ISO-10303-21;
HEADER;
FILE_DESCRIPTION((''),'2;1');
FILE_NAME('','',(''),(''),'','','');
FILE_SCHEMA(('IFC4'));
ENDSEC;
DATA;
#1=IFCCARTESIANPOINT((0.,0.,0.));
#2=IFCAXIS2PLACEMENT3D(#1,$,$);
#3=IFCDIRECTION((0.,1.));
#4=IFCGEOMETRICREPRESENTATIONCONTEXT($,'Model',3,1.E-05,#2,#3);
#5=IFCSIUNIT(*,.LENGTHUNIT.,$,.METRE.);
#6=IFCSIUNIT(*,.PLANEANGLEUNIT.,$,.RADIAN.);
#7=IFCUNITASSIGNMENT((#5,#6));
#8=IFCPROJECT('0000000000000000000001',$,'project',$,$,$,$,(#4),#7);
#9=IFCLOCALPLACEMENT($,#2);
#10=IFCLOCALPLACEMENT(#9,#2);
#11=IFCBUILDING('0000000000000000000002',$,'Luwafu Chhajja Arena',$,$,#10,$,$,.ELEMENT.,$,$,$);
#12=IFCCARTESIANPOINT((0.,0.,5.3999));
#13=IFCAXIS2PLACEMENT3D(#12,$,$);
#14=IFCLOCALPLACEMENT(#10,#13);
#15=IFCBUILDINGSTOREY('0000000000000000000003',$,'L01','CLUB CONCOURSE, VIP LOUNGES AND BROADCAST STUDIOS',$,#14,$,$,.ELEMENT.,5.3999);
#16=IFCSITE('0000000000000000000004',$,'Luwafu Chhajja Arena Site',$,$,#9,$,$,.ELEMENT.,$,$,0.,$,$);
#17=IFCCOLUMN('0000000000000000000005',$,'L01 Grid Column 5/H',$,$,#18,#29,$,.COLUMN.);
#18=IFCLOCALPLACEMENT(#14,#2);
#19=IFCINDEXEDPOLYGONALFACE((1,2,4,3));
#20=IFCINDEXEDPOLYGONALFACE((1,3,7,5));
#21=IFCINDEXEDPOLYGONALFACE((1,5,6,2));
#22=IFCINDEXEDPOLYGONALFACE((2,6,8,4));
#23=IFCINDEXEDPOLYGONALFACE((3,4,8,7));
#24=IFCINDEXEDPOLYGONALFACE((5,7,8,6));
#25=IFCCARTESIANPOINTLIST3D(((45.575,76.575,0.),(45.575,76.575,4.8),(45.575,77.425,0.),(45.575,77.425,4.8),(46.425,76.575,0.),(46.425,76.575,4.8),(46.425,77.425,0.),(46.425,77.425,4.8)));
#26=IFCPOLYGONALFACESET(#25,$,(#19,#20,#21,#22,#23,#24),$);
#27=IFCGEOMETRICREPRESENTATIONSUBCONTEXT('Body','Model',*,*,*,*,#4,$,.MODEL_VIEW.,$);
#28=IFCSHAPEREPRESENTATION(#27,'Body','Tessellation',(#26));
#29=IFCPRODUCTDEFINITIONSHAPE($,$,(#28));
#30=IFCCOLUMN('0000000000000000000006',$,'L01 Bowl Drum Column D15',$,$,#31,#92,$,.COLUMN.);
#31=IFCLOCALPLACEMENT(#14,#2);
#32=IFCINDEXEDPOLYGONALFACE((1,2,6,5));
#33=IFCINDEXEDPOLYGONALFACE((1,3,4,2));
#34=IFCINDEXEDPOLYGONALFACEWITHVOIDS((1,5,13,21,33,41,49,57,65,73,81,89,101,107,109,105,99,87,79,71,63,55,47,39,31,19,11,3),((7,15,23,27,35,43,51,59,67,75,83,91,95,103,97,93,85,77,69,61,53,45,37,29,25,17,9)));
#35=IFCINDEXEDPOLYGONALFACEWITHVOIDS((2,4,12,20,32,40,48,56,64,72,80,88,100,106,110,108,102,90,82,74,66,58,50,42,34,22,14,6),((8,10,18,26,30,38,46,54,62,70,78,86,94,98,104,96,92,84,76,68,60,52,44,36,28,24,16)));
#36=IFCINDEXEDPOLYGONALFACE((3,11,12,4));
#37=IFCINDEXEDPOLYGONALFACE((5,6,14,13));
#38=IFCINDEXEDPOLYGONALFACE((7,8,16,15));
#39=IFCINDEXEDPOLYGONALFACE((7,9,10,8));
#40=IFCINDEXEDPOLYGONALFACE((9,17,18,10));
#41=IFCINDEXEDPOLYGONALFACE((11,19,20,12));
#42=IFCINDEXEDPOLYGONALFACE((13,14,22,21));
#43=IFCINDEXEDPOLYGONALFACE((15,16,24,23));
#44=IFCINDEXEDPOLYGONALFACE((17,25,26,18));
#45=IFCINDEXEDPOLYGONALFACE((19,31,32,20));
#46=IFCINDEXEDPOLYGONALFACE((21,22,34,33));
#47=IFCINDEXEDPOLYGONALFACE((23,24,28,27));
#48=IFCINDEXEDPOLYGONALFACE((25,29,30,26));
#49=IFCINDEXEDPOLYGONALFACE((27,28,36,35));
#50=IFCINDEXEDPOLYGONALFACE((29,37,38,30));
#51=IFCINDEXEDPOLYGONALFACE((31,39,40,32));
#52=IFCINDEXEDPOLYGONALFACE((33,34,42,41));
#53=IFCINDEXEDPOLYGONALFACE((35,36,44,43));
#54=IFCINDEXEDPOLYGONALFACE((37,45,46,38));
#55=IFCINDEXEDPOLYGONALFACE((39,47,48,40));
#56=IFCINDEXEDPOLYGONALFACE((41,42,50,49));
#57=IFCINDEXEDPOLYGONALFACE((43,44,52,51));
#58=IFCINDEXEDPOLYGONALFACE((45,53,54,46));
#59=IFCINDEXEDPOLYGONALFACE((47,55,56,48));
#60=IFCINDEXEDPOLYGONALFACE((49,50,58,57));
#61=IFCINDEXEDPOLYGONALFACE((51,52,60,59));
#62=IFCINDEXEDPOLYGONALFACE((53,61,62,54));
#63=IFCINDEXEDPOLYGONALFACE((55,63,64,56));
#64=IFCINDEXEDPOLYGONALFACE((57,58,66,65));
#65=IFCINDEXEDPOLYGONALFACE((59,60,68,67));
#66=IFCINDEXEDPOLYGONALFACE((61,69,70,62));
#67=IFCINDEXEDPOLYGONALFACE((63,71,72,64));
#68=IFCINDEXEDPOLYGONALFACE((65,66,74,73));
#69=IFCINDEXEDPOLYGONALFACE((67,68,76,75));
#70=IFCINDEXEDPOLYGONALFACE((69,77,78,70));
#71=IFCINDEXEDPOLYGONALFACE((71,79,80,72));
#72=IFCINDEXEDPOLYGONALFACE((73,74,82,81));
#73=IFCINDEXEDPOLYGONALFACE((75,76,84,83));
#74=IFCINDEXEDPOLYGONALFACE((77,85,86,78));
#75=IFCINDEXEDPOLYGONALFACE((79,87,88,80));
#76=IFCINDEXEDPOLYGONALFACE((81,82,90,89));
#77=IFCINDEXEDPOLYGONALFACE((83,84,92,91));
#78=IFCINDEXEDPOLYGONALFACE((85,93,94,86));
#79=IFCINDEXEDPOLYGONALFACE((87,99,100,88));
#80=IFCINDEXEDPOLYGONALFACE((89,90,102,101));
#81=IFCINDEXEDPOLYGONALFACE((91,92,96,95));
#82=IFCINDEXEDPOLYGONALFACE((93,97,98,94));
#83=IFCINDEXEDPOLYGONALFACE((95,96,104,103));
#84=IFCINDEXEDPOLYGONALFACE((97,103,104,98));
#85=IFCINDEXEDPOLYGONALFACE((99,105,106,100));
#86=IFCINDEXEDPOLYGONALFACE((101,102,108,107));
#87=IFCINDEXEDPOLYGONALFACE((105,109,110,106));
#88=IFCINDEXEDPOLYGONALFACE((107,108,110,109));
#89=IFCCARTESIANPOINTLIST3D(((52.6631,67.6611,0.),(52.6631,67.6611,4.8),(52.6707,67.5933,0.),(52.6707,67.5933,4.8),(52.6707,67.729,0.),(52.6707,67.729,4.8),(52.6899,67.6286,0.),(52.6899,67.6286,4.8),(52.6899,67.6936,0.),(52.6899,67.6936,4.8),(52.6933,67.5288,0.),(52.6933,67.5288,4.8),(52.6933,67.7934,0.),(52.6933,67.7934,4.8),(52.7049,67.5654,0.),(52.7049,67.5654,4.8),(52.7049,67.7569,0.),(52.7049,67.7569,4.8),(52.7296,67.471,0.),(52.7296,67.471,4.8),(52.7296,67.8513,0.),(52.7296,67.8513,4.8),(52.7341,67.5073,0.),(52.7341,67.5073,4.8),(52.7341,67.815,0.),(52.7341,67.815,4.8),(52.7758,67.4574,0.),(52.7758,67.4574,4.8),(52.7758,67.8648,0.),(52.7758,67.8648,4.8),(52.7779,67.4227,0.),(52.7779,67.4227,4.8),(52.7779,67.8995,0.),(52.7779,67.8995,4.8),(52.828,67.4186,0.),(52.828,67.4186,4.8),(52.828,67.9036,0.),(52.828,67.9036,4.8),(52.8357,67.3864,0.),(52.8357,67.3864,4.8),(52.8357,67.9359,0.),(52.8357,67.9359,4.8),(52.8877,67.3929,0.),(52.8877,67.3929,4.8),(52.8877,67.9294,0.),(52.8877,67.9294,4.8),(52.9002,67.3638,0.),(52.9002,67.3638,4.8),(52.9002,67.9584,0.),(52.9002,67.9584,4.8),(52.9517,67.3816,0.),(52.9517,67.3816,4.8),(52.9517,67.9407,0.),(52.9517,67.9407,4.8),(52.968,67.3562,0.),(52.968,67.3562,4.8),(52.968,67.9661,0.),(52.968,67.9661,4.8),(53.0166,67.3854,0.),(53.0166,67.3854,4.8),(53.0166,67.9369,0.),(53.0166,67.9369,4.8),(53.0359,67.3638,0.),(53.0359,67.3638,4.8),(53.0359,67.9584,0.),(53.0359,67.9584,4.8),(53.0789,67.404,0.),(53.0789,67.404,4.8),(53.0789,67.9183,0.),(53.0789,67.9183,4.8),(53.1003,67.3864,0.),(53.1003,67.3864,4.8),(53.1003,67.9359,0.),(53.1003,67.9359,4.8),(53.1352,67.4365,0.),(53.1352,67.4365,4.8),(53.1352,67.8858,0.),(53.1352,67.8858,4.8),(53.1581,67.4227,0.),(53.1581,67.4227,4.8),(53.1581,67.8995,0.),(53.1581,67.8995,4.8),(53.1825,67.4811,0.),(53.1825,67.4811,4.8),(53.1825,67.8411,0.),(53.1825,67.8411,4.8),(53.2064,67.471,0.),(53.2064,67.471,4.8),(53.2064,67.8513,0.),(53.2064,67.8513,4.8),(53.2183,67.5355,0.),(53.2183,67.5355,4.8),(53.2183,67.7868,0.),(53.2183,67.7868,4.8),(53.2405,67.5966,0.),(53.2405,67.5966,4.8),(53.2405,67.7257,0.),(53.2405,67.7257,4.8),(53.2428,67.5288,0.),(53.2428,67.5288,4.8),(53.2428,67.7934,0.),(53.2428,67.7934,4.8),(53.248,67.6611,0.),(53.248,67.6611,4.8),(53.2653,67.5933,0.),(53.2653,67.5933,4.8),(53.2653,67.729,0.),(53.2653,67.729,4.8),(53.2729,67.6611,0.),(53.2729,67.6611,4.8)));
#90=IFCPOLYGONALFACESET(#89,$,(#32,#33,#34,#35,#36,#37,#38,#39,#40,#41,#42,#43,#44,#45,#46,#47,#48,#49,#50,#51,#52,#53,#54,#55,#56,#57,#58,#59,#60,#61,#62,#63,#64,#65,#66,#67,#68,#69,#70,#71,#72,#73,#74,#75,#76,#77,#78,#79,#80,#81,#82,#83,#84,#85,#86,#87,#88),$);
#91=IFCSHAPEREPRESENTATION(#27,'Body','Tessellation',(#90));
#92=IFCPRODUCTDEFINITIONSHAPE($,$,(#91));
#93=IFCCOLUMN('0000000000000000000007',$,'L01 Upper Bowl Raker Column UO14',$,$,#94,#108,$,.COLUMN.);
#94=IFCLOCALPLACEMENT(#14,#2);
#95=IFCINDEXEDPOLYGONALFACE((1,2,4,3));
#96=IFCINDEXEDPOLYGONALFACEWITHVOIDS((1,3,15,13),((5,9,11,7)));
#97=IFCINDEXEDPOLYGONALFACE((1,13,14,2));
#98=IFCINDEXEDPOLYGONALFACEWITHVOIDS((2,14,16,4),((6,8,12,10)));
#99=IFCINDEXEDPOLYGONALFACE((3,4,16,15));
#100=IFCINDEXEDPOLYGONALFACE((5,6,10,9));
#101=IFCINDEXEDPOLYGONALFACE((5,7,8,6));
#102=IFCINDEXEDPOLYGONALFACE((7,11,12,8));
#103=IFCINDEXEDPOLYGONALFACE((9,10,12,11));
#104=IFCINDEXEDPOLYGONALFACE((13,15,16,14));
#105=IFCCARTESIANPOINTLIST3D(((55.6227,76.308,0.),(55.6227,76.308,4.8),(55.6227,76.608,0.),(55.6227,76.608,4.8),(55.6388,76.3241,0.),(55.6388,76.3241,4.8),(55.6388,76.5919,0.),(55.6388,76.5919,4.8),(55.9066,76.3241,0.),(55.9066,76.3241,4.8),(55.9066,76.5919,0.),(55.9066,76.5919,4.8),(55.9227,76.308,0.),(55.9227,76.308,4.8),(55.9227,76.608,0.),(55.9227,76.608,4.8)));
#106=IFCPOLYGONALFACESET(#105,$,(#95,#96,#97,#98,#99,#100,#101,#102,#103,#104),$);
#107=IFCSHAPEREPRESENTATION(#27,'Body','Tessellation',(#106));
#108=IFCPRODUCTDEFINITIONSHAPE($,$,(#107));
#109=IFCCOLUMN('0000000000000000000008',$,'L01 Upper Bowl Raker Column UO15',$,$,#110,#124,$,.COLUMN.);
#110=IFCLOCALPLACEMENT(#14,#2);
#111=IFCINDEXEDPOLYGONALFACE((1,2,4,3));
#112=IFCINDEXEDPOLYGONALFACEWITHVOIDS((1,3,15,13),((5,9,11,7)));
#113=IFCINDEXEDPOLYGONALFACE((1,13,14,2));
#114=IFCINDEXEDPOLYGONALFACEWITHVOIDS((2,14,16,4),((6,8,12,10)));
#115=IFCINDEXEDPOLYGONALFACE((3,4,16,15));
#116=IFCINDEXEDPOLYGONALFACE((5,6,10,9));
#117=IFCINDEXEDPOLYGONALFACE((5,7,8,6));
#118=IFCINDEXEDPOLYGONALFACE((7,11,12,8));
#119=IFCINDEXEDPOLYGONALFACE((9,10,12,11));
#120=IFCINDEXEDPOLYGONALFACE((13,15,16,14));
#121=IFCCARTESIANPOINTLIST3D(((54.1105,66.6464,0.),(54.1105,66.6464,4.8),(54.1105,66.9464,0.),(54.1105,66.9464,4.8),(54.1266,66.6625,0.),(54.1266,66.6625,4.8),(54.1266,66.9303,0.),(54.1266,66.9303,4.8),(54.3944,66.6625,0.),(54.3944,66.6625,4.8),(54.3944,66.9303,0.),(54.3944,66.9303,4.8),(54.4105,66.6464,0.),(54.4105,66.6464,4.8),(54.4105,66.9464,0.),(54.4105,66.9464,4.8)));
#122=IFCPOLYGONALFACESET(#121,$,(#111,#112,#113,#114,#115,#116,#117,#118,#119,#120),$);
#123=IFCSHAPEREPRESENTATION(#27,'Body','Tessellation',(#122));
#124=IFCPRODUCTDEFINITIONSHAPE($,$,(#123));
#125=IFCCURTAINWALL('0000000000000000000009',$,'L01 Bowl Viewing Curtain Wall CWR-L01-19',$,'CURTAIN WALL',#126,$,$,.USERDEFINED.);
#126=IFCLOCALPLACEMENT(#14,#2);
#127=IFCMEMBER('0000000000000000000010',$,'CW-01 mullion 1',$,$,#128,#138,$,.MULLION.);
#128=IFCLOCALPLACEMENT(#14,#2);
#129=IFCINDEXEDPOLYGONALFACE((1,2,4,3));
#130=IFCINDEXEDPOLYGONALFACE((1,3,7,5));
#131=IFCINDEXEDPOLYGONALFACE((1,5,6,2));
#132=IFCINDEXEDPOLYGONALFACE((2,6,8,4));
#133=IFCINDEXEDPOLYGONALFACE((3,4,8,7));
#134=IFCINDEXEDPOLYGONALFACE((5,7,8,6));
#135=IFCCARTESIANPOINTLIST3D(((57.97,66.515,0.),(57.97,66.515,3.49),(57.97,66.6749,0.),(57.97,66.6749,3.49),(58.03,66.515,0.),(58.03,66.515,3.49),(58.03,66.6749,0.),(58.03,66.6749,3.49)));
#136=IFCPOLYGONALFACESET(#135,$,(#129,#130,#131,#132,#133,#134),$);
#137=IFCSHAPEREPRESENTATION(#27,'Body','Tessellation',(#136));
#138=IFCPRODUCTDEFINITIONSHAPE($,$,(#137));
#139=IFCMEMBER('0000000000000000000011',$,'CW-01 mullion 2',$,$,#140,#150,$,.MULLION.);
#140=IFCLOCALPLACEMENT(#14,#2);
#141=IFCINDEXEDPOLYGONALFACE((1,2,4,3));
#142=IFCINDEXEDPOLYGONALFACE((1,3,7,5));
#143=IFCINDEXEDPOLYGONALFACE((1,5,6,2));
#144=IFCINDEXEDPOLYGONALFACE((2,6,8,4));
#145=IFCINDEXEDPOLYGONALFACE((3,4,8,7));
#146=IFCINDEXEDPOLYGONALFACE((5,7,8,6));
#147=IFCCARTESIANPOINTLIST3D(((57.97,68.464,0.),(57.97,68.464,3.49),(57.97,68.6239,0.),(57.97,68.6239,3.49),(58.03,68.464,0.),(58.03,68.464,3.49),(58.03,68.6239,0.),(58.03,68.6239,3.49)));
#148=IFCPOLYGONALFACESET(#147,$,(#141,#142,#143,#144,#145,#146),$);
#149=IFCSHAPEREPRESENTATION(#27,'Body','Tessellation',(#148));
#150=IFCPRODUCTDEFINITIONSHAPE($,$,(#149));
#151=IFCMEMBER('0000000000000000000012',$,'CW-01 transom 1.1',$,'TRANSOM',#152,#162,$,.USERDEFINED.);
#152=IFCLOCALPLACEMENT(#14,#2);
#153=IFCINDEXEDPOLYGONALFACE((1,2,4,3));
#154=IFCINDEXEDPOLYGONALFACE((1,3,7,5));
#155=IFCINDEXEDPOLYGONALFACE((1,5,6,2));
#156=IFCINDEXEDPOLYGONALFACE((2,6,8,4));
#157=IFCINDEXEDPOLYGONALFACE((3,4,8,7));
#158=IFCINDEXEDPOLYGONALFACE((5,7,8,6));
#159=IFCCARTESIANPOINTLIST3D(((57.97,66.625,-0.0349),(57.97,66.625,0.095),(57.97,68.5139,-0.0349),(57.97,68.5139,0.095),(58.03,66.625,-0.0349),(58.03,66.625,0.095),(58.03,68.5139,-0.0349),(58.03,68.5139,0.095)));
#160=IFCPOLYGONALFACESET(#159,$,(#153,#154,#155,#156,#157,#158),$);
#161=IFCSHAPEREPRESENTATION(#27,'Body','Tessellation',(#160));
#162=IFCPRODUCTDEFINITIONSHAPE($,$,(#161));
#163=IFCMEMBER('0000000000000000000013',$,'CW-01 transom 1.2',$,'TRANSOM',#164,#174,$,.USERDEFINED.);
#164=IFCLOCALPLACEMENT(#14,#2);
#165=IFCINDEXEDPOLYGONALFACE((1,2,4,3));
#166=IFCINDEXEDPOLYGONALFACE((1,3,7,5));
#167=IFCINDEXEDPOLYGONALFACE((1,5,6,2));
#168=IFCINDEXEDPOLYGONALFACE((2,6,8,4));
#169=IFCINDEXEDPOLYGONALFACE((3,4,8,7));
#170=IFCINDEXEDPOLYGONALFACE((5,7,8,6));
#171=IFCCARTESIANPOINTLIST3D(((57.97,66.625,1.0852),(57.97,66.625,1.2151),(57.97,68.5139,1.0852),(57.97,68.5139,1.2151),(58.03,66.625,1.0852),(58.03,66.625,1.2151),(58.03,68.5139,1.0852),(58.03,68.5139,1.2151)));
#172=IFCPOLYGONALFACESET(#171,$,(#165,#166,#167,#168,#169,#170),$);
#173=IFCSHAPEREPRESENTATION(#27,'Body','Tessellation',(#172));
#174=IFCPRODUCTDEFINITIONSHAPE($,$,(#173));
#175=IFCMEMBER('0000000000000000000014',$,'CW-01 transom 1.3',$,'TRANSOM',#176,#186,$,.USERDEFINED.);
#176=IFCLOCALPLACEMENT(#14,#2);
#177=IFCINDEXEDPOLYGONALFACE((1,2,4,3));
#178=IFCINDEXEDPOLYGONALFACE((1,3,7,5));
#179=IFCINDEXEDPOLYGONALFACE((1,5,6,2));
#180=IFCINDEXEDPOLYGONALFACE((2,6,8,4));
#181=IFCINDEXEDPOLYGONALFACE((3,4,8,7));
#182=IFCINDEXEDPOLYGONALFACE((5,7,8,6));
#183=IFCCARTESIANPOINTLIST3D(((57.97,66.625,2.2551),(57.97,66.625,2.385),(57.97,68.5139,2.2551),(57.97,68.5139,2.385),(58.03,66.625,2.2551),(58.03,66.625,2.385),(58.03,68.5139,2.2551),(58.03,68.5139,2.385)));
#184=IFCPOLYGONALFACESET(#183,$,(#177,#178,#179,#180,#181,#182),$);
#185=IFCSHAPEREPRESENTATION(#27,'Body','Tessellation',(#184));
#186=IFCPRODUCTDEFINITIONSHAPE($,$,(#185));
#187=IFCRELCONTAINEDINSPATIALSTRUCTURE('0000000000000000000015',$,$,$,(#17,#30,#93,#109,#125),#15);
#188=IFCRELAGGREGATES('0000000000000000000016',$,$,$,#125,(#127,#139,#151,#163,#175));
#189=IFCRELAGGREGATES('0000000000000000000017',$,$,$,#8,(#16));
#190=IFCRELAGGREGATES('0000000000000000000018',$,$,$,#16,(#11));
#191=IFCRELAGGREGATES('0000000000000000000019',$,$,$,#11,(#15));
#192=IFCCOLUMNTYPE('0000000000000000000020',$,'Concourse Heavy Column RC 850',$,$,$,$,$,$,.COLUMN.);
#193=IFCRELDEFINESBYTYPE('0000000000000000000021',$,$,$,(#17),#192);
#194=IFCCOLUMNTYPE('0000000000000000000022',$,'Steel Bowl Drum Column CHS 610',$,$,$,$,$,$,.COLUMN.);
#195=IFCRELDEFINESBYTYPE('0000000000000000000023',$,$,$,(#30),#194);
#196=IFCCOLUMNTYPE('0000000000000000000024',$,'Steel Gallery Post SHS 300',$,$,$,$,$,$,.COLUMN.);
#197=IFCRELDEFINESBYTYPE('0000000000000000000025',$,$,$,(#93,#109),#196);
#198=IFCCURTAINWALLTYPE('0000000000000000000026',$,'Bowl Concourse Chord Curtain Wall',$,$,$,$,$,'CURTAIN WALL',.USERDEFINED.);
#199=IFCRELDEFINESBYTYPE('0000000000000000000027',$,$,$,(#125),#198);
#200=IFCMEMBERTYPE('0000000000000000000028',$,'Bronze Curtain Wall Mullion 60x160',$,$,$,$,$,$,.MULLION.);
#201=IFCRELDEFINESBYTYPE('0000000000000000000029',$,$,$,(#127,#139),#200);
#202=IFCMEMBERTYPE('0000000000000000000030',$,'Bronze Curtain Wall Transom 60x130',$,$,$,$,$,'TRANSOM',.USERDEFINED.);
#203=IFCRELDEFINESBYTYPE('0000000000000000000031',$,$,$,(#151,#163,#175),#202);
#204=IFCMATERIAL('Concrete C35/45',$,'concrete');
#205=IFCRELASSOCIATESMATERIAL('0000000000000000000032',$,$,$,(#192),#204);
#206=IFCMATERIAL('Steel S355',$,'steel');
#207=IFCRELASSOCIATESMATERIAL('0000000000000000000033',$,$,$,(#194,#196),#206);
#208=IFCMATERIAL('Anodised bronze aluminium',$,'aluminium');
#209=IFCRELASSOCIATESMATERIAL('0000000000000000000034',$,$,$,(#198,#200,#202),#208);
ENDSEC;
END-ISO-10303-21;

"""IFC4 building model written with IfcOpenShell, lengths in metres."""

from ifc_helpers import new_model, si_unit, direction, frame, origin, origin_2d, place, context, subcontext, project, spatial, rectangle, hollow_rectangle, hollow_circle, extrude, material, material_profile, profile_set, type_object, element, aggregate, save


model = new_model("IFC4")

# Units and contexts
model_context = context("Model", 3, precision=1e-05, world=origin(), true_north=direction((0.0, 1.0)))
body_context = subcontext(model_context, "Body", "Model", "MODEL_VIEW")
ifc_project = project(units=[si_unit("LENGTHUNIT", "METRE"), si_unit("PLANEANGLEUNIT", "RADIAN")], contexts=[model_context])

# Site, building, storey
site_placement = place(None, origin())
site = spatial("IfcSite", under=ifc_project, at=site_placement, Name="Luwafu Chhajja Arena Site", CompositionType="ELEMENT", RefElevation=0.0)
building_placement = place(site_placement, origin())
building = spatial("IfcBuilding", under=site, at=building_placement, Name="Luwafu Chhajja Arena", CompositionType="ELEMENT")
storey_placement = place(building_placement, frame((0.0, 0.0, 5.3999)))
storey = spatial("IfcBuildingStorey", under=building, at=storey_placement, Name="L01", Description="CLUB CONCOURSE, VIP LOUNGES AND BROADCAST STUDIOS", CompositionType="ELEMENT", Elevation=5.3999)

# Columns
ifc_material_1 = material(Name="Concrete C35/45", Category="concrete")
ifc_material_profile_1 = material_profile(ifc_material_1, rectangle(XDim=0.8501, YDim=0.8501, at=origin_2d()), Name="RC 850x850")
ifc_profile_set_1 = profile_set([ifc_material_profile_1], Name="Concrete C35/45")
column_type_1 = type_object("IfcColumnType", Name="Concourse Heavy Column RC 850", PredefinedType="COLUMN", material=ifc_profile_set_1)
column_1_placement = place(storey_placement, frame((46.0, 77.0, 0.0), z_axis=(0.0, 0.0, 1.0), x_axis=(1.0, 0.0, 0.0)))
element("IfcColumn", 1, at=column_1_placement, inside=storey, type_object=column_type_1, Name="L01 Grid Column 5/H", PredefinedType="COLUMN", context=body_context, shape_type="SweptSolid", body=[
    extrude(rectangle(XDim=0.8501, YDim=0.8501, at=origin_2d()), origin(), (0.0, 0.0, 1.0), 4.8),
])
ifc_material_2 = material(Name="Steel S355", Category="steel")
ifc_material_profile_2 = material_profile(ifc_material_2, hollow_circle(Radius=0.3049, WallThickness=0.0249, at=origin_2d()), Name="CHS 610x25")
ifc_profile_set_2 = profile_set([ifc_material_profile_2], Name="Steel S355")
column_type_2 = type_object("IfcColumnType", Name="Steel Bowl Drum Column CHS 610", PredefinedType="COLUMN", material=ifc_profile_set_2)
column_2_placement = place(storey_placement, frame((52.968, 67.6611, 0.0), z_axis=(0.0, 0.0, 1.0), x_axis=(1.0, 0.0, 0.0)))
element("IfcColumn", 2, at=column_2_placement, inside=storey, type_object=column_type_2, Name="L01 Bowl Drum Column D15", PredefinedType="COLUMN", context=body_context, shape_type="SweptSolid", body=[
    extrude(hollow_circle(Radius=0.3049, WallThickness=0.0249, at=origin_2d()), origin(), (0.0, 0.0, 1.0), 4.8),
])
ifc_material_profile_3 = material_profile(ifc_material_2, hollow_rectangle(XDim=0.3, YDim=0.3, WallThickness=0.0161, at=origin_2d()), Name="SHS 300x300x16")
ifc_profile_set_3 = profile_set([ifc_material_profile_3], Name="Steel S355")
column_type_3 = type_object("IfcColumnType", Name="Steel Gallery Post SHS 300", PredefinedType="COLUMN", material=ifc_profile_set_3)
for number, where, z_axis, x_axis, name in (
    (3, (55.7727, 76.458, 0.0), (0.0, 0.0, 1.0), (1.0, 0.0, 0.0), "L01 Upper Bowl Raker Column UO14"),
    (4, (54.2605, 66.7964, 0.0), (0.0, 0.0, 1.0), (1.0, 0.0, 0.0), "L01 Upper Bowl Raker Column UO15"),
):
    element("IfcColumn", number, at=place(storey_placement, frame(where, z_axis=z_axis, x_axis=x_axis)), inside=storey, type_object=column_type_3, Name=name, PredefinedType="COLUMN", context=body_context, shape_type="SweptSolid", body=[
        extrude(hollow_rectangle(XDim=0.3, YDim=0.3, WallThickness=0.0161, at=origin_2d()), origin(), (0.0, 0.0, 1.0), 4.8),
    ])

# Curtain wall, members
ifc_material_3 = material(Name="Anodised bronze aluminium", Category="aluminium")
curtain_wall_type = type_object("IfcCurtainWallType", Name="Bowl Concourse Chord Curtain Wall", ElementType="CURTAIN WALL", PredefinedType="USERDEFINED", material=ifc_material_3)
curtain_wall_placement = place(storey_placement, origin())
curtain_wall = element("IfcCurtainWall", 5, at=curtain_wall_placement, inside=storey, type_object=curtain_wall_type, Name="L01 Bowl Viewing Curtain Wall CWR-L01-19", ObjectType="CURTAIN WALL", PredefinedType="USERDEFINED")
ifc_material_profile_4 = material_profile(ifc_material_3, rectangle(XDim=0.0601, YDim=0.1599, at=origin_2d()), Name="CWM 60x160")
ifc_profile_set_4 = profile_set([ifc_material_profile_4], Name="Anodised bronze aluminium")
member_type_1 = type_object("IfcMemberType", Name="Bronze Curtain Wall Mullion 60x160", PredefinedType="MULLION", material=ifc_profile_set_4)
member_1_placement = place(storey_placement, frame((58.0, 66.595, 0.0), z_axis=(0.0, 0.0, 1.0), x_axis=(-1.0, 0.0, 0.0)))
member_1 = element("IfcMember", 6, at=member_1_placement, type_object=member_type_1, Name="CW-01 mullion 1", PredefinedType="MULLION", context=body_context, shape_type="SweptSolid", body=[
    extrude(rectangle(XDim=0.0601, YDim=0.1599, at=origin_2d()), origin(), (0.0, 0.0, 1.0), 3.49),
])
member_2_placement = place(storey_placement, frame((58.0, 68.5439, 0.0), z_axis=(0.0, 0.0, 1.0), x_axis=(-1.0, 0.0, 0.0)))
member_2 = element("IfcMember", 7, at=member_2_placement, type_object=member_type_1, Name="CW-01 mullion 2", PredefinedType="MULLION", context=body_context, shape_type="SweptSolid", body=[
    extrude(rectangle(XDim=0.0601, YDim=0.1599, at=origin_2d()), origin(), (0.0, 0.0, 1.0), 3.49),
])
ifc_material_profile_5 = material_profile(ifc_material_3, rectangle(XDim=0.0601, YDim=0.1299, at=origin_2d()), Name="CWT 60x130")
ifc_profile_set_5 = profile_set([ifc_material_profile_5], Name="Anodised bronze aluminium")
member_type_2 = type_object("IfcMemberType", Name="Bronze Curtain Wall Transom 60x130", ElementType="TRANSOM", PredefinedType="USERDEFINED", material=ifc_profile_set_5)
member_3_placement = place(storey_placement, frame((58.0, 66.625, 0.03), z_axis=(0.0, 1.0, 0.0), x_axis=(-1.0, 0.0, 0.0)))
member_3 = element("IfcMember", 8, at=member_3_placement, type_object=member_type_2, Name="CW-01 transom 1.1", ObjectType="TRANSOM", PredefinedType="USERDEFINED", context=body_context, shape_type="SweptSolid", body=[
    extrude(rectangle(XDim=0.0601, YDim=0.1299, at=origin_2d()), origin(), (0.0, 0.0, 1.0), 1.8889),
])
member_4_placement = place(storey_placement, frame((58.0, 66.625, 1.1501), z_axis=(0.0, 1.0, 0.0), x_axis=(-1.0, 0.0, 0.0)))
member_4 = element("IfcMember", 9, at=member_4_placement, type_object=member_type_2, Name="CW-01 transom 1.2", ObjectType="TRANSOM", PredefinedType="USERDEFINED", context=body_context, shape_type="SweptSolid", body=[
    extrude(rectangle(XDim=0.0601, YDim=0.1299, at=origin_2d()), origin(), (0.0, 0.0, 1.0), 1.8889),
])
member_5_placement = place(storey_placement, frame((58.0, 66.625, 2.3201), z_axis=(0.0, 1.0, 0.0), x_axis=(-1.0, 0.0, 0.0)))
member_5 = element("IfcMember", 10, at=member_5_placement, type_object=member_type_2, Name="CW-01 transom 1.3", ObjectType="TRANSOM", PredefinedType="USERDEFINED", context=body_context, shape_type="SweptSolid", body=[
    extrude(rectangle(XDim=0.0601, YDim=0.1299, at=origin_2d()), origin(), (0.0, 0.0, 1.0), 1.8889),
])

aggregate(curtain_wall, [member_1, member_2, member_3, member_4, member_5])

save(model, "model.ifc")
